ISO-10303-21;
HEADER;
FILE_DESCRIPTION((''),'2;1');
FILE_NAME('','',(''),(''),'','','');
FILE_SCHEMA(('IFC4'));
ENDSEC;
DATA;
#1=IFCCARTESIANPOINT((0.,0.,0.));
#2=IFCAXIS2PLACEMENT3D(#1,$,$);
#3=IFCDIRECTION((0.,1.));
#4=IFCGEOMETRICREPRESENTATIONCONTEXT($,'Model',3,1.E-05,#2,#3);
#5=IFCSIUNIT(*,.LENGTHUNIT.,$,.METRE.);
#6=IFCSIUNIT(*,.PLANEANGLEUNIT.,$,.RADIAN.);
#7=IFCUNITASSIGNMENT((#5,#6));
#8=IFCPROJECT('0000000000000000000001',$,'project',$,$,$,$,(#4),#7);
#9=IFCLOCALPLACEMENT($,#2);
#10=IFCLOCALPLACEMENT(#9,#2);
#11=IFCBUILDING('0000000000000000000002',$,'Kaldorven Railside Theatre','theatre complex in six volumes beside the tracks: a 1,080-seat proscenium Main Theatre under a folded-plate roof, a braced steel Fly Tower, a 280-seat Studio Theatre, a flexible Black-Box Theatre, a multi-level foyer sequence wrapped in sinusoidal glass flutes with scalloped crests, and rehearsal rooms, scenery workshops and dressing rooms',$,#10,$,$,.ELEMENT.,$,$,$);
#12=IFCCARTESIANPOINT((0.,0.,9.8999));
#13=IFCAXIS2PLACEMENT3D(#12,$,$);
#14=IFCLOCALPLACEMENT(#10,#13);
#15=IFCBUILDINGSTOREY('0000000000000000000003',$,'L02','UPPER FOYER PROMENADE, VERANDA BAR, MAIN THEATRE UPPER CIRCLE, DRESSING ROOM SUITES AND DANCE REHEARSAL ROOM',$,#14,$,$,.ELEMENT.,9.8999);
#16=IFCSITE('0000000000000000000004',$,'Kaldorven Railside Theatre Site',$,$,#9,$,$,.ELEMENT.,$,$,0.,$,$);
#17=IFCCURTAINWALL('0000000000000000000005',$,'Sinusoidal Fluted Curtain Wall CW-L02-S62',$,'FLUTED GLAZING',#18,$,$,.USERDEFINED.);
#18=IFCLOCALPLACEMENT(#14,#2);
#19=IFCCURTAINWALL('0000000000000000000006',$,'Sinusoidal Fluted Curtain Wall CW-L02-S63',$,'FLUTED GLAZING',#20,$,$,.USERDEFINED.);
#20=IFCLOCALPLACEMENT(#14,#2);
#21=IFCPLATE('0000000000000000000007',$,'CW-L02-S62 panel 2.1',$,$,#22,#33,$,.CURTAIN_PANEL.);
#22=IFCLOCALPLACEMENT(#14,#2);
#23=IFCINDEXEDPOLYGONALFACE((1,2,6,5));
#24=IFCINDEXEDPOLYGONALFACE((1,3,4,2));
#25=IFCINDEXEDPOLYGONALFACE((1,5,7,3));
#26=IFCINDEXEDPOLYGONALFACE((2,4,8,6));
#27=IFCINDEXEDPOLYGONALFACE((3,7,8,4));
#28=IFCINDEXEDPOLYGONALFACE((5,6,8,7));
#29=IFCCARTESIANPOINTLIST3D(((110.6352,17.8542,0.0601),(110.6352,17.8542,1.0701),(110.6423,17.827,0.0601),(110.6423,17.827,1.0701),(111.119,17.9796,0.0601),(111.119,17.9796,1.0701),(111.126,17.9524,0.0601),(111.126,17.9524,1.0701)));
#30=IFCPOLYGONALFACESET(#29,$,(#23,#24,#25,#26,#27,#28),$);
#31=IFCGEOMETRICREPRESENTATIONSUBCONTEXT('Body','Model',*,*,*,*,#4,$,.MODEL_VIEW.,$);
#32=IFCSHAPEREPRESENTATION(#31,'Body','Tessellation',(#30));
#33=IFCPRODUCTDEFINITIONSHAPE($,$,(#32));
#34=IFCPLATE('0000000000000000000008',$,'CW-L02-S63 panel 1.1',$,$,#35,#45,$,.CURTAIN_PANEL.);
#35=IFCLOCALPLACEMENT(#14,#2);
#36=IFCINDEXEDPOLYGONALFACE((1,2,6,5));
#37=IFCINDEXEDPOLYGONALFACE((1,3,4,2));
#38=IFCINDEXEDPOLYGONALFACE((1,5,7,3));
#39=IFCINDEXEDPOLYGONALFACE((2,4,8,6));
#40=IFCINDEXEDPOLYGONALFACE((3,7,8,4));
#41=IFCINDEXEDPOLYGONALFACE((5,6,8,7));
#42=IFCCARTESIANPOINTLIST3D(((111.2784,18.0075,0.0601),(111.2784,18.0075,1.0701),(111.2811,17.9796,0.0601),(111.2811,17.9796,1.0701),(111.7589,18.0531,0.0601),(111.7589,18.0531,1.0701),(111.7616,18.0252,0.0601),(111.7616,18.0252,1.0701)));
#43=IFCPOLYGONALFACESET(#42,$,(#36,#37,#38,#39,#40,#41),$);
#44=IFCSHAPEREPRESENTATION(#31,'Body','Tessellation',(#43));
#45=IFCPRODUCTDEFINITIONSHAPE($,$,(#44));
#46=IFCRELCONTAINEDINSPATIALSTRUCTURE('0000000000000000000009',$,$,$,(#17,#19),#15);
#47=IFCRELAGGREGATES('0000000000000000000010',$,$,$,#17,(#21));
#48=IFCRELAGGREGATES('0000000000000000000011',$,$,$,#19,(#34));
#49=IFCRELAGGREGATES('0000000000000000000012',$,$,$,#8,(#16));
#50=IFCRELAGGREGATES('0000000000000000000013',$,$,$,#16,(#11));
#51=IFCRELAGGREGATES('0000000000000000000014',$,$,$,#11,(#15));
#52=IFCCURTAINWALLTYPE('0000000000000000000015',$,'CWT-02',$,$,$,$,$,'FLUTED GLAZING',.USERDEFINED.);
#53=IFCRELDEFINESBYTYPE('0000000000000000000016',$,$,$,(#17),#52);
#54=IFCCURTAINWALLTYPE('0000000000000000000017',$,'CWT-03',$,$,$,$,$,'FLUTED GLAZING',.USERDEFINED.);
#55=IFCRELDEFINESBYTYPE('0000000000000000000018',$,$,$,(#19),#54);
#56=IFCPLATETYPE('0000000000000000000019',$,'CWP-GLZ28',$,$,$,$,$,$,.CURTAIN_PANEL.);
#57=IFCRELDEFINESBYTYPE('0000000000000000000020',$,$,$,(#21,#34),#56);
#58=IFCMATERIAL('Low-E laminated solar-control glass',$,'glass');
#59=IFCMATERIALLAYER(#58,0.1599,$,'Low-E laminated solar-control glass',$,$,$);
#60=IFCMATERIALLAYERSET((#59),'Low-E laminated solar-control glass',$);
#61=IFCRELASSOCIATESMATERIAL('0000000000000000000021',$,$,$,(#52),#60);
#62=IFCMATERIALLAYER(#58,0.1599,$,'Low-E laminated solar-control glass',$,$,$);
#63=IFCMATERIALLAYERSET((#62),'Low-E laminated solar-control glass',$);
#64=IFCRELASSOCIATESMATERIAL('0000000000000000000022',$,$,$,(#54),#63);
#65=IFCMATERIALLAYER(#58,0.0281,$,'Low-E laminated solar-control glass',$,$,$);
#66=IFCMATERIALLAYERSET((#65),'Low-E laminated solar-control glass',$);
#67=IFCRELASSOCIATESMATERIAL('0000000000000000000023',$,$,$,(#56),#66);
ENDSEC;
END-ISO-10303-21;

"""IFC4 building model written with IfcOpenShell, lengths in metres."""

from ifc_helpers import new_model, si_unit, direction, frame, origin, origin_2d, place, context, subcontext, project, spatial, rectangle, extrude, material, layer, layer_set, type_object, element, aggregate, save


model = new_model("IFC4")

# Units and contexts
model_context = context("Model", 3, precision=1e-05, world=origin(), true_north=direction((0.0, 1.0)))
body_context = subcontext(model_context, "Body", "Model", "MODEL_VIEW")
ifc_project = project(units=[si_unit("LENGTHUNIT", "METRE"), si_unit("PLANEANGLEUNIT", "RADIAN")], contexts=[model_context])

# Site, building, storey
site_placement = place(None, origin())
site = spatial("IfcSite", under=ifc_project, at=site_placement, Name="Kaldorven Railside Theatre Site", CompositionType="ELEMENT", RefElevation=0.0)
building_placement = place(site_placement, origin())
building = spatial("IfcBuilding", under=site, at=building_placement, Name="Kaldorven Railside Theatre", Description="theatre complex in six volumes beside the tracks: a 1,080-seat proscenium Main Theatre under a folded-plate roof, a braced steel Fly Tower, a 280-seat Studio Theatre, a flexible Black-Box Theatre, a multi-level foyer sequence wrapped in sinusoidal glass flutes with scalloped crests, and rehearsal rooms, scenery workshops and dressing rooms", CompositionType="ELEMENT")
storey_placement = place(building_placement, frame((0.0, 0.0, 9.8999)))
storey = spatial("IfcBuildingStorey", under=building, at=storey_placement, Name="L02", Description="UPPER FOYER PROMENADE, VERANDA BAR, MAIN THEATRE UPPER CIRCLE, DRESSING ROOM SUITES AND DANCE REHEARSAL ROOM", CompositionType="ELEMENT", Elevation=9.8999)

# Curtain wall
ifc_material_1 = material(Name="Low-E laminated solar-control glass", Category="glass")
ifc_layer_1 = layer(ifc_material_1, 0.1599, Name="Low-E laminated solar-control glass")
ifc_layer_set_1 = layer_set([ifc_layer_1], Name="Low-E laminated solar-control glass")
curtain_wall_type_1 = type_object("IfcCurtainWallType", Name="CWT-02", ElementType="FLUTED GLAZING", PredefinedType="USERDEFINED", material=ifc_layer_set_1)
curtain_wall_1_placement = place(storey_placement, origin())
curtain_wall_1 = element("IfcCurtainWall", 1, at=curtain_wall_1_placement, inside=storey, type_object=curtain_wall_type_1, Name="Sinusoidal Fluted Curtain Wall CW-L02-S62", ObjectType="FLUTED GLAZING", PredefinedType="USERDEFINED")

# Curtain wall
ifc_layer_2 = layer(ifc_material_1, 0.1599, Name="Low-E laminated solar-control glass")
ifc_layer_set_2 = layer_set([ifc_layer_2], Name="Low-E laminated solar-control glass")
curtain_wall_type_2 = type_object("IfcCurtainWallType", Name="CWT-03", ElementType="FLUTED GLAZING", PredefinedType="USERDEFINED", material=ifc_layer_set_2)
curtain_wall_2_placement = place(storey_placement, origin())
curtain_wall_2 = element("IfcCurtainWall", 2, at=curtain_wall_2_placement, inside=storey, type_object=curtain_wall_type_2, Name="Sinusoidal Fluted Curtain Wall CW-L02-S63", ObjectType="FLUTED GLAZING", PredefinedType="USERDEFINED")

# Plates
ifc_layer_3 = layer(ifc_material_1, 0.0281, Name="Low-E laminated solar-control glass")
ifc_layer_set_3 = layer_set([ifc_layer_3], Name="Low-E laminated solar-control glass")
plate_type = type_object("IfcPlateType", Name="CWP-GLZ28", PredefinedType="CURTAIN_PANEL", material=ifc_layer_set_3)
plate_1_placement = place(storey_placement, frame((110.8806, 17.9033, 0.0601), z_axis=(0.0, 0.0, 1.0), x_axis=(0.967999, 0.250954, 0.0)))
plate_1 = element("IfcPlate", 3, at=plate_1_placement, type_object=plate_type, Name="CW-L02-S62 panel 2.1", PredefinedType="CURTAIN_PANEL", context=body_context, shape_type="SweptSolid", body=[
    extrude(rectangle(XDim=0.4998, YDim=0.0281, at=origin_2d()), origin(), (0.0, 0.0, 1.0), 1.01),
])
aggregate(curtain_wall_1, [plate_1])
plate_2_placement = place(storey_placement, frame((111.52, 18.0164, 0.0601), z_axis=(0.0, 0.0, 1.0), x_axis=(0.995526, 0.094492, 0.0)))
plate_2 = element("IfcPlate", 4, at=plate_2_placement, type_object=plate_type, Name="CW-L02-S63 panel 1.1", PredefinedType="CURTAIN_PANEL", context=body_context, shape_type="SweptSolid", body=[
    extrude(rectangle(XDim=0.4827, YDim=0.0281, at=origin_2d()), origin(), (0.0, 0.0, 1.0), 1.01),
])
aggregate(curtain_wall_2, [plate_2])

save(model, "model.ifc")
